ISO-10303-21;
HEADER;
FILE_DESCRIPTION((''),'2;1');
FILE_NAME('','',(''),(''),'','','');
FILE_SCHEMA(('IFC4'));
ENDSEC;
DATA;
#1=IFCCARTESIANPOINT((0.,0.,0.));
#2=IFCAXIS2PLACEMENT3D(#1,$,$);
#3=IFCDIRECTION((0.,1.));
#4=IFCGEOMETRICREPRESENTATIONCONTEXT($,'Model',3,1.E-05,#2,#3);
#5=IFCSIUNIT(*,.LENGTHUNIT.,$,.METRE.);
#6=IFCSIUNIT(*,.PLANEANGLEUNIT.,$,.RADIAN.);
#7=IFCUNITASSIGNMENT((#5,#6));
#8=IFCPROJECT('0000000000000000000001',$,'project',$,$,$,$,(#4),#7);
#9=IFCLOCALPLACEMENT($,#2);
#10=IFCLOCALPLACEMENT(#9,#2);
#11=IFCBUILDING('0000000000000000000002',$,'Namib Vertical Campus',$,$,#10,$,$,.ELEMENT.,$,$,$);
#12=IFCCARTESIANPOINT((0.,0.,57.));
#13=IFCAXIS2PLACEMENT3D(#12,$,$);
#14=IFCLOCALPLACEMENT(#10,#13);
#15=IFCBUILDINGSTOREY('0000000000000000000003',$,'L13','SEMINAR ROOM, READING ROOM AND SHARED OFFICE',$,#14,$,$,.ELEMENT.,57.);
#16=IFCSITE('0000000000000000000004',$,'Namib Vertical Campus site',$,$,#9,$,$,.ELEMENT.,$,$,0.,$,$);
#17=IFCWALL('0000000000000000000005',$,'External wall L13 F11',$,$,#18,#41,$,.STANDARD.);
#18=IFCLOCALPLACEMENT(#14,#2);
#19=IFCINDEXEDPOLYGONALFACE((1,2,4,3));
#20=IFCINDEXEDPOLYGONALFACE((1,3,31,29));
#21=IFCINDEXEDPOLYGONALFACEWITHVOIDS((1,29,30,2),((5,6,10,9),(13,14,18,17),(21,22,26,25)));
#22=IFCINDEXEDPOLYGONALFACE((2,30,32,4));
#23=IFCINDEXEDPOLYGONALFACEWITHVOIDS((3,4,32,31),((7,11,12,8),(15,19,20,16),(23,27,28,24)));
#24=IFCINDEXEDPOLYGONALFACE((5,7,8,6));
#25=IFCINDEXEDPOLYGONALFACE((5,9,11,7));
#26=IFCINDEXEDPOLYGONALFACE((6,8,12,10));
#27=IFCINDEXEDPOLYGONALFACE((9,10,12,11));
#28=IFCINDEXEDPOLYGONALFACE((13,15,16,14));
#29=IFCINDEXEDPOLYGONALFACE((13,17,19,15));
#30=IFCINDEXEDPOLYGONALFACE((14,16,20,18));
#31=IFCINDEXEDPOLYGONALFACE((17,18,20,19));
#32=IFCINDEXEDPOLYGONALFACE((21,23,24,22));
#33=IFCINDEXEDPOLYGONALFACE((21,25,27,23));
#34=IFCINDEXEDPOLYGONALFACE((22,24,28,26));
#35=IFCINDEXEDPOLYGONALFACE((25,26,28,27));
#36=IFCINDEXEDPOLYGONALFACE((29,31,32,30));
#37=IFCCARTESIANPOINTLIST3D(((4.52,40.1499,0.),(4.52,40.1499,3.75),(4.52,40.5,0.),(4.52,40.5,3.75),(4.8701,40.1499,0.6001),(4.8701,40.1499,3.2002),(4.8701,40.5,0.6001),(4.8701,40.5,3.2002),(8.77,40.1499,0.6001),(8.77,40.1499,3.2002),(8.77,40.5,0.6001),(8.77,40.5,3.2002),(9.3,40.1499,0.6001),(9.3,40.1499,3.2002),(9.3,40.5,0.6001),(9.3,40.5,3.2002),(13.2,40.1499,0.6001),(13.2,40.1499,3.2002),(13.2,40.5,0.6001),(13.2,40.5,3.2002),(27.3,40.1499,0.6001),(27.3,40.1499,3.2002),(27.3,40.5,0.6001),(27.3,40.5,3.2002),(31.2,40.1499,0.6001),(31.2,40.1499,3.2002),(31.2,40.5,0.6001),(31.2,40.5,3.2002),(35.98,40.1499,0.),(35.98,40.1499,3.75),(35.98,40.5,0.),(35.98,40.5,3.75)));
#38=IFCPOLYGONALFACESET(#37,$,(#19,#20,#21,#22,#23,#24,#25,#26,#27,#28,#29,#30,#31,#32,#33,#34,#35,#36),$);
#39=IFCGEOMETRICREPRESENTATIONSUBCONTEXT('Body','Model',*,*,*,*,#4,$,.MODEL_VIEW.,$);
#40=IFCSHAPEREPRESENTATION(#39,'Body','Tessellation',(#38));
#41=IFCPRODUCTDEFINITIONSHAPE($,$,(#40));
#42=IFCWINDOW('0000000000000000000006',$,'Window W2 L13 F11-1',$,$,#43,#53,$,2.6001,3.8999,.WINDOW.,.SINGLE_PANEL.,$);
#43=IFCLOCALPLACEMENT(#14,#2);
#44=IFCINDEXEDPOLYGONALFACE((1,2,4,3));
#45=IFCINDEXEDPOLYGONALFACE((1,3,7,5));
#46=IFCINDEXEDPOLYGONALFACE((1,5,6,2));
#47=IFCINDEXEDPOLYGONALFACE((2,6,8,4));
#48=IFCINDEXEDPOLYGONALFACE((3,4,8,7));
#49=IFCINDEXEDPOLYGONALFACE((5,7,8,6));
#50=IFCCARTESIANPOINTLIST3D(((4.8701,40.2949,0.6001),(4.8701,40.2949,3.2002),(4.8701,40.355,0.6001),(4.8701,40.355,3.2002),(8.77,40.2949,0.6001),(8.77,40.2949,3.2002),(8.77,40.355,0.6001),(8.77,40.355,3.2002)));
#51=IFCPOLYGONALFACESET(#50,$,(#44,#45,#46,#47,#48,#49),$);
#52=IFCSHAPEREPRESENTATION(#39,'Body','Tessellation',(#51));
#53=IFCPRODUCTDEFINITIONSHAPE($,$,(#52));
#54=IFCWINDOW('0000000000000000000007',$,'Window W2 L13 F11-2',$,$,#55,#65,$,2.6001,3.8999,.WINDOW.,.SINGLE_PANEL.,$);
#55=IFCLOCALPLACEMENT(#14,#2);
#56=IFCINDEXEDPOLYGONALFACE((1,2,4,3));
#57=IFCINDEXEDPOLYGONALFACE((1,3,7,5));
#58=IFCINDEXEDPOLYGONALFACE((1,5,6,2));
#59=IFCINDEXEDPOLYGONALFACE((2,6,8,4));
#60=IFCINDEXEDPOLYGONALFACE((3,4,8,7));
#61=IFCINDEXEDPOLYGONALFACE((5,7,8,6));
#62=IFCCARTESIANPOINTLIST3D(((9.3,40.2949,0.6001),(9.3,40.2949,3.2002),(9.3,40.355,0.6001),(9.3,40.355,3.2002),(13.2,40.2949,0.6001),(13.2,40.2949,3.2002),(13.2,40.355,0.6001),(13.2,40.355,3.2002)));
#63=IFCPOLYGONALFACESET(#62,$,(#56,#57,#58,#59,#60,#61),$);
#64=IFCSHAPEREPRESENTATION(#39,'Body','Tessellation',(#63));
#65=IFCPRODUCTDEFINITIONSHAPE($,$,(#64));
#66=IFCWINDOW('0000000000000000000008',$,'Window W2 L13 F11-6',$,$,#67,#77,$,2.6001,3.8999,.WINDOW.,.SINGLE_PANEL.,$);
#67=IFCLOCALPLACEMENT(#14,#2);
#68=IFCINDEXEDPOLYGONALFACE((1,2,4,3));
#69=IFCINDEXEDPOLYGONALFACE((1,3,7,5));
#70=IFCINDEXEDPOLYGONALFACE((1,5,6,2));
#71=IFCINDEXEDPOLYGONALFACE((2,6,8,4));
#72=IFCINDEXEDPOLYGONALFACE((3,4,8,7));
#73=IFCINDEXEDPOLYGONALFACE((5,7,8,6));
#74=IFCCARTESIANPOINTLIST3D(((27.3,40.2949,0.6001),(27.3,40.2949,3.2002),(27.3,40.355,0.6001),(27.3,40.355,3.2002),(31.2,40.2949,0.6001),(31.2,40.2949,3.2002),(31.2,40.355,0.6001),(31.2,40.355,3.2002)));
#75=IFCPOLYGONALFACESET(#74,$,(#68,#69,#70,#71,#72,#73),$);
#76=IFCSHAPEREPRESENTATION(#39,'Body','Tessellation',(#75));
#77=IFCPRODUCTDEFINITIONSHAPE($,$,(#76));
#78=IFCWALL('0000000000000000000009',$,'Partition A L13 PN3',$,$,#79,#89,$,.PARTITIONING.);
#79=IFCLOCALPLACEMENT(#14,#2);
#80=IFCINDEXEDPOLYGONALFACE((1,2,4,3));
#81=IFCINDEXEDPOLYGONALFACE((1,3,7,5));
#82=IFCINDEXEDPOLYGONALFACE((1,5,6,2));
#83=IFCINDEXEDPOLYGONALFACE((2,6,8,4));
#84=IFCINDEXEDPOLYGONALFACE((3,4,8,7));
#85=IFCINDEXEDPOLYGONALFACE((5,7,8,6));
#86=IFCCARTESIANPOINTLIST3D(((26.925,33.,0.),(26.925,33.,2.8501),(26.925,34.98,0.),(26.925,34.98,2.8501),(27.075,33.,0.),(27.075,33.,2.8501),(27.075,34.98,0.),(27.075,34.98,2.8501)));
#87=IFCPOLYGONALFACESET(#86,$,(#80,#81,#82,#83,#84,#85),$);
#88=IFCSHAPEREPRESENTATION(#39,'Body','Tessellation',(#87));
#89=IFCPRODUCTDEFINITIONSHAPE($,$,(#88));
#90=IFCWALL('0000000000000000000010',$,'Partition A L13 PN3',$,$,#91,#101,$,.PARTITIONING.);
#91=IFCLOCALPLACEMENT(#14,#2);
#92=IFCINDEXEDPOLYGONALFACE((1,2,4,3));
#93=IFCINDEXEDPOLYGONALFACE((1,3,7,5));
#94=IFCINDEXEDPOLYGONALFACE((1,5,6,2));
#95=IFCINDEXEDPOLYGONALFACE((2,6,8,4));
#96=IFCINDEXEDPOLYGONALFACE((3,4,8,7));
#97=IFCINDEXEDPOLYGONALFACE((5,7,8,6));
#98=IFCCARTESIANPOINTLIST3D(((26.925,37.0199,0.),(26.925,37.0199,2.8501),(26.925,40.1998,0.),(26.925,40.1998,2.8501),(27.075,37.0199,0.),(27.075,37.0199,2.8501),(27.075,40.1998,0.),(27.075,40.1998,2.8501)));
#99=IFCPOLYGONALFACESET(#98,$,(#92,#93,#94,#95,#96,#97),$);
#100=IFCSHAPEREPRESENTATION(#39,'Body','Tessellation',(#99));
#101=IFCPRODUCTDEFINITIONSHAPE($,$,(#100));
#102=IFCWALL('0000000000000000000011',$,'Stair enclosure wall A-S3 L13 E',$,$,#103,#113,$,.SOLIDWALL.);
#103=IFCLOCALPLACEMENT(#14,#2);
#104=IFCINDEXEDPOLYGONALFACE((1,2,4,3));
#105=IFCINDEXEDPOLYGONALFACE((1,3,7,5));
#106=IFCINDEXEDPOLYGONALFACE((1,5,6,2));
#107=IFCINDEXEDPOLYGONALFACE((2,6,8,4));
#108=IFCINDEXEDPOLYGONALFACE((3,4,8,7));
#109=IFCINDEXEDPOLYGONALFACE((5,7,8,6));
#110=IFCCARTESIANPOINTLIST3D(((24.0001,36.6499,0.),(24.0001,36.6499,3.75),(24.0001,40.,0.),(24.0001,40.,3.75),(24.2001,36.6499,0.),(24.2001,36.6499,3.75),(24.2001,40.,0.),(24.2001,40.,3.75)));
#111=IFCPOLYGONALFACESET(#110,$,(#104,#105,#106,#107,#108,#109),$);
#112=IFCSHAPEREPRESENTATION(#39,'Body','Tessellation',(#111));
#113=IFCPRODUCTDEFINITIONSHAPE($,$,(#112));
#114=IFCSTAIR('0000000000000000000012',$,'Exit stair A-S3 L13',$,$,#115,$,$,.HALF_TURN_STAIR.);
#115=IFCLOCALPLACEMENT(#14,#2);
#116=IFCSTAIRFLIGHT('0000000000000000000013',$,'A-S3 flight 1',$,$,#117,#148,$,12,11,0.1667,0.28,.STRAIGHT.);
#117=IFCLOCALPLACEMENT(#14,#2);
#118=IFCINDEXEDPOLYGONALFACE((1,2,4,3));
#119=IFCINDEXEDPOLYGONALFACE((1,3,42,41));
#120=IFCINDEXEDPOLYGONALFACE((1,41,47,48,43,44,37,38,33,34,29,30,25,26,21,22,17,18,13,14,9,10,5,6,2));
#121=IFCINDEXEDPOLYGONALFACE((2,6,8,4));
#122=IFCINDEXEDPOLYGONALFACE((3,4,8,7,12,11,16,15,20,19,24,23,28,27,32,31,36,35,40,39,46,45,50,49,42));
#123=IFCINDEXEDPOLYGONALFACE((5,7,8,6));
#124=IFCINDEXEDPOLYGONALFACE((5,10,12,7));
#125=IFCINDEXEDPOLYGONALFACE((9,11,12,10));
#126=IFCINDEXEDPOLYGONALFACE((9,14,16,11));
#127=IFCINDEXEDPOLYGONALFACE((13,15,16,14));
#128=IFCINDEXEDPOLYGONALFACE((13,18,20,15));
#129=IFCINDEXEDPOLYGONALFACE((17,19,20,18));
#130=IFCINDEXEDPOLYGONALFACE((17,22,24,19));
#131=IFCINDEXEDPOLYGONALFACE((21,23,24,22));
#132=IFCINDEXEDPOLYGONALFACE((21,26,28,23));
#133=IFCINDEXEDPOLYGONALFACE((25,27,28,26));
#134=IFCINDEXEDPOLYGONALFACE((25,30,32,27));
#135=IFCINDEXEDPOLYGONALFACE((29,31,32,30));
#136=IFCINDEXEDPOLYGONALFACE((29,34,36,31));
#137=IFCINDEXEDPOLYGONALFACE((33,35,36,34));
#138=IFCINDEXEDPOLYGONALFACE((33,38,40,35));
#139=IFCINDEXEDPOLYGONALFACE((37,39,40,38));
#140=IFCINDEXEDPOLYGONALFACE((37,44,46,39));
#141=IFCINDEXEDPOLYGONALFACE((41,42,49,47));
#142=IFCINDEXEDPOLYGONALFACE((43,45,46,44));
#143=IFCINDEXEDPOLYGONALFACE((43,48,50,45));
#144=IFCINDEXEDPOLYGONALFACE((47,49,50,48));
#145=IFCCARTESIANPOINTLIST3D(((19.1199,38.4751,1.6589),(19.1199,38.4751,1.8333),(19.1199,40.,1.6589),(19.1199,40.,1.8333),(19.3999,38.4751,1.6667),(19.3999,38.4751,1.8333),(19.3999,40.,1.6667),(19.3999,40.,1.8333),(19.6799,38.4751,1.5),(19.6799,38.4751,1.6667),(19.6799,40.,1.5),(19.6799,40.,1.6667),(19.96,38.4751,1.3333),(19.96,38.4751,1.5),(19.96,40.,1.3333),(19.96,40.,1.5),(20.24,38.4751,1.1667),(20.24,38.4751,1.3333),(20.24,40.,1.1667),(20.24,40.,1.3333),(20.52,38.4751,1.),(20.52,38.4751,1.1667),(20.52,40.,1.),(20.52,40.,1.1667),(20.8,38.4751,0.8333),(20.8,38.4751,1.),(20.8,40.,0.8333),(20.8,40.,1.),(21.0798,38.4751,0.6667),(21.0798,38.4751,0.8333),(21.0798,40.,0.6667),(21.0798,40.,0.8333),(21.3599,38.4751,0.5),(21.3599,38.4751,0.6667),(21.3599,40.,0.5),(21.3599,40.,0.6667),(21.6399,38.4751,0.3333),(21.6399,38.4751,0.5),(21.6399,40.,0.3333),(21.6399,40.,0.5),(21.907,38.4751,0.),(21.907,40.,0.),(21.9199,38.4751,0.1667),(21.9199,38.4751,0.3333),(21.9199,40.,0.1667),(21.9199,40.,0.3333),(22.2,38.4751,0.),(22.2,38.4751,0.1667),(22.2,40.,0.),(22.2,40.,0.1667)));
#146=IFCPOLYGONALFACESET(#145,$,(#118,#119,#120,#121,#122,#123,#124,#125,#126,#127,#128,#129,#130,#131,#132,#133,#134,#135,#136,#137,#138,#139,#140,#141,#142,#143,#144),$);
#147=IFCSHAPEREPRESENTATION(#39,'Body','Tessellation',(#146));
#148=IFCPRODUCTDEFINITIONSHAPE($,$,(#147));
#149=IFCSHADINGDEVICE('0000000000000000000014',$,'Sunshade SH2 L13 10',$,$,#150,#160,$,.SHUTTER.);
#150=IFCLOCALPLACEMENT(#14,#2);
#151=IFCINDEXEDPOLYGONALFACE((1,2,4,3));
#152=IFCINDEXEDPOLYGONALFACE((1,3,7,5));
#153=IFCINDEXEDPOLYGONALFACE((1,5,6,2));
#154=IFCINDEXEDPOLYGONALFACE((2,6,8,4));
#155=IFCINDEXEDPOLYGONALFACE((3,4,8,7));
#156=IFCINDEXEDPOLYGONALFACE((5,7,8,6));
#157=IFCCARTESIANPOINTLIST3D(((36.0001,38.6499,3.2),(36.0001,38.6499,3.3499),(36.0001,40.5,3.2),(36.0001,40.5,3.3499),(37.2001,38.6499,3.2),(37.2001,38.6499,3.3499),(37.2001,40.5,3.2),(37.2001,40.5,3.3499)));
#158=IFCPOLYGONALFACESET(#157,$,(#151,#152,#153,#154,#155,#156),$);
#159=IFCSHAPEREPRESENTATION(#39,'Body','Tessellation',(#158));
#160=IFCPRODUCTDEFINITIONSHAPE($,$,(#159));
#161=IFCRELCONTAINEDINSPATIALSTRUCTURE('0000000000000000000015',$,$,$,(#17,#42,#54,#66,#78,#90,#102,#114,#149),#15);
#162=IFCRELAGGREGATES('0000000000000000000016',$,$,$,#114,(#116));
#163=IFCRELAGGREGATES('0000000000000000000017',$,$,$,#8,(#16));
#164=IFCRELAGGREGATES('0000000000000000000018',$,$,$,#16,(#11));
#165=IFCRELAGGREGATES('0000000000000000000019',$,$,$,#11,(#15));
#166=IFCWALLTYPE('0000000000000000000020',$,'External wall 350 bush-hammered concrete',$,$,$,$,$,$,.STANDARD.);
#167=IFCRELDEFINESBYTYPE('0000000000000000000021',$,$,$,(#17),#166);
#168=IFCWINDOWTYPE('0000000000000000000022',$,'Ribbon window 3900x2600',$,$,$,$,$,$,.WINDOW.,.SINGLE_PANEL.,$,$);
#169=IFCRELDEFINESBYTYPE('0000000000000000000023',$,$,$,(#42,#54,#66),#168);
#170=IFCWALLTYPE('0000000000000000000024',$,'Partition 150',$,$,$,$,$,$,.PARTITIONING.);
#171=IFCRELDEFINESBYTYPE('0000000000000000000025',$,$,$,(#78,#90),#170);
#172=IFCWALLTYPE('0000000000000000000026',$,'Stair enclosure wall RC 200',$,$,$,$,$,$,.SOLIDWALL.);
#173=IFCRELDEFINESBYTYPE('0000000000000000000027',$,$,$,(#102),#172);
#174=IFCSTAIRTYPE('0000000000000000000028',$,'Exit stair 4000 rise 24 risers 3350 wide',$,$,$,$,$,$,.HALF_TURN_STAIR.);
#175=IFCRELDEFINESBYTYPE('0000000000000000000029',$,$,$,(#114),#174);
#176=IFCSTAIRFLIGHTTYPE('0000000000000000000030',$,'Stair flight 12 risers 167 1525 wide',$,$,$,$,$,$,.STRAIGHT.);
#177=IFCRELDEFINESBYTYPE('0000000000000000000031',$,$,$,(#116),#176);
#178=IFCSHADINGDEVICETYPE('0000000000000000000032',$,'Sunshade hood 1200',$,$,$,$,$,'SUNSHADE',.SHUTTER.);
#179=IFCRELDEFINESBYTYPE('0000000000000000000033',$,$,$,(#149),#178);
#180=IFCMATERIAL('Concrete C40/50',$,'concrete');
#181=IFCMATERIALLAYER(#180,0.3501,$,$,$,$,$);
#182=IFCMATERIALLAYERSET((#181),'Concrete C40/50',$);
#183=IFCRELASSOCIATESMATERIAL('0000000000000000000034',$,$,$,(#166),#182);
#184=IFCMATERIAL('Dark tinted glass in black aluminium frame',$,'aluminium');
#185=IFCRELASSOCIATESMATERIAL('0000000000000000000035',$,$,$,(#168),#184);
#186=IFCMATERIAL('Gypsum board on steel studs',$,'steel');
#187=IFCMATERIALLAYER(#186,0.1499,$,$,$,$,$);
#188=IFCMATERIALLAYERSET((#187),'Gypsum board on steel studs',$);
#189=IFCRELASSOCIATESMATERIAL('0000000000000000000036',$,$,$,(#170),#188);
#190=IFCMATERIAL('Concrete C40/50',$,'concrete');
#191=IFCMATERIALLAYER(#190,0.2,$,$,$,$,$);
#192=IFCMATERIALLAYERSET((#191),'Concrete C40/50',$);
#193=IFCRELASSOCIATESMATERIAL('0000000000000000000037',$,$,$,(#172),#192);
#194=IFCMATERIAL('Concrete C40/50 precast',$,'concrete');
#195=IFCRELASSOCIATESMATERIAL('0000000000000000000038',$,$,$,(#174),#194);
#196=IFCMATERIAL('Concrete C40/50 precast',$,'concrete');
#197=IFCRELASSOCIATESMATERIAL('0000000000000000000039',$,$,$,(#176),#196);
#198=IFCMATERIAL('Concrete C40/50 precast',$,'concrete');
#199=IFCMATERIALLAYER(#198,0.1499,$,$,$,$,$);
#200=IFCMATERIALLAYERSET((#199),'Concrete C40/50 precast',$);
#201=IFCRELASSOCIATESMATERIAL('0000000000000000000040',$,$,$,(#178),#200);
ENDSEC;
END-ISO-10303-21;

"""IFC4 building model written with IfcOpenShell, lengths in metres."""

from ifc_helpers import new_model, si_unit, direction, frame, frame_2d, origin, origin_2d, place, context, subcontext, project, spatial, polyline, rectangle, outline, extrude, material, layer, layer_set, type_object, element, fill, aggregate, save


model = new_model("IFC4")

# Units and contexts
model_context = context("Model", 3, precision=1e-05, world=origin(), true_north=direction((0.0, 1.0)))
body_context = subcontext(model_context, "Body", "Model", "MODEL_VIEW")
ifc_project = project(units=[si_unit("LENGTHUNIT", "METRE"), si_unit("PLANEANGLEUNIT", "RADIAN")], contexts=[model_context])

# Site, building, storey
site_placement = place(None, origin())
site = spatial("IfcSite", under=ifc_project, at=site_placement, Name="Namib Vertical Campus site", CompositionType="ELEMENT", RefElevation=0.0)
building_placement = place(site_placement, origin())
building = spatial("IfcBuilding", under=site, at=building_placement, Name="Namib Vertical Campus", CompositionType="ELEMENT")
storey_placement = place(building_placement, frame((0.0, 0.0, 57.0)))
storey = spatial("IfcBuildingStorey", under=building, at=storey_placement, Name="L13", Description="SEMINAR ROOM, READING ROOM AND SHARED OFFICE", CompositionType="ELEMENT", Elevation=57.0)

# Shared definitions
ifc_material_1 = material(Name="Concrete C40/50", Category="concrete")
ifc_layer_1 = layer(ifc_material_1, 0.3501)
ifc_layer_set_1 = layer_set([ifc_layer_1], Name="Concrete C40/50")
wall_type_1 = type_object("IfcWallType", Name="External wall 350 bush-hammered concrete", PredefinedType="STANDARD", material=ifc_layer_set_1)

# Wall, openings, windows
wall_1_placement = place(storey_placement, frame((35.98, 40.325, 0.0), z_axis=(0.0, 0.0, 1.0), x_axis=(-1.0, 0.0, 0.0)))
wall_1 = element("IfcWall", 1, at=wall_1_placement, inside=storey, type_object=wall_type_1, Name="External wall L13 F11", PredefinedType="STANDARD", context=body_context, shape_type="SweptSolid", body=[
    extrude(rectangle(XDim=31.46, YDim=0.3501, at=frame_2d((15.73, 0.0))), origin(), (0.0, 0.0, 1.0), 3.75),
])
opening_1_placement = place(wall_1_placement, frame((27.21, 0.0, 0.6001)))
opening_1 = element("IfcOpeningElement", 2, at=opening_1_placement, cuts=wall_1, PredefinedType="OPENING", context=body_context, shape_type="SweptSolid", body=[
    extrude(rectangle(XDim=3.8999, YDim=2.6001, at=frame_2d((1.95, 1.3))), frame((0.0, 0.1851, 0.0), z_axis=(0.0, -1.0, 0.0), x_axis=(1.0, 0.0, 0.0)), (0.0, 0.0, 1.0), 0.3701),
])
opening_2_placement = place(wall_1_placement, frame((22.78, 0.0, 0.6001)))
opening_2 = element("IfcOpeningElement", 3, at=opening_2_placement, cuts=wall_1, PredefinedType="OPENING", context=body_context, shape_type="SweptSolid", body=[
    extrude(rectangle(XDim=3.8999, YDim=2.6001, at=frame_2d((1.95, 1.3))), frame((0.0, 0.1851, 0.0), z_axis=(0.0, -1.0, 0.0), x_axis=(1.0, 0.0, 0.0)), (0.0, 0.0, 1.0), 0.3701),
])
opening_3_placement = place(wall_1_placement, frame((4.78, 0.0, 0.6001)))
opening_3 = element("IfcOpeningElement", 4, at=opening_3_placement, cuts=wall_1, PredefinedType="OPENING", context=body_context, shape_type="SweptSolid", body=[
    extrude(rectangle(XDim=3.8999, YDim=2.6001, at=frame_2d((1.95, 1.3))), frame((0.0, 0.1851, 0.0), z_axis=(0.0, -1.0, 0.0), x_axis=(1.0, 0.0, 0.0)), (0.0, 0.0, 1.0), 0.3701),
])
ifc_material_2 = material(Name="Dark tinted glass in black aluminium frame", Category="aluminium")
window_type = type_object("IfcWindowType", Name="Ribbon window 3900x2600", PartitioningType="SINGLE_PANEL", PredefinedType="WINDOW", material=ifc_material_2)
window_1_placement = place(opening_1_placement, origin())
window_1 = element("IfcWindow", 5, at=window_1_placement, inside=storey, type_object=window_type, Name="Window W2 L13 F11-1", OverallHeight=2.6001, OverallWidth=3.8999, PartitioningType="SINGLE_PANEL", PredefinedType="WINDOW", context=body_context, shape_type="SweptSolid", body=[
    extrude(rectangle(XDim=3.8999, YDim=2.6001, at=frame_2d((1.95, 1.3))), frame((0.0, 0.03, 0.0), z_axis=(0.0, -1.0, 0.0), x_axis=(1.0, 0.0, 0.0)), (0.0, 0.0, 1.0), 0.0601),
])
fill(opening_1, window_1)
window_2_placement = place(opening_2_placement, origin())
window_2 = element("IfcWindow", 6, at=window_2_placement, inside=storey, type_object=window_type, Name="Window W2 L13 F11-2", OverallHeight=2.6001, OverallWidth=3.8999, PartitioningType="SINGLE_PANEL", PredefinedType="WINDOW", context=body_context, shape_type="SweptSolid", body=[
    extrude(rectangle(XDim=3.8999, YDim=2.6001, at=frame_2d((1.95, 1.3))), frame((0.0, 0.03, 0.0), z_axis=(0.0, -1.0, 0.0), x_axis=(1.0, 0.0, 0.0)), (0.0, 0.0, 1.0), 0.0601),
])
fill(opening_2, window_2)
window_3_placement = place(opening_3_placement, origin())
window_3 = element("IfcWindow", 7, at=window_3_placement, inside=storey, type_object=window_type, Name="Window W2 L13 F11-6", OverallHeight=2.6001, OverallWidth=3.8999, PartitioningType="SINGLE_PANEL", PredefinedType="WINDOW", context=body_context, shape_type="SweptSolid", body=[
    extrude(rectangle(XDim=3.8999, YDim=2.6001, at=frame_2d((1.95, 1.3))), frame((0.0, 0.03, 0.0), z_axis=(0.0, -1.0, 0.0), x_axis=(1.0, 0.0, 0.0)), (0.0, 0.0, 1.0), 0.0601),
])
fill(opening_3, window_3)

# Walls
ifc_material_3 = material(Name="Gypsum board on steel studs", Category="steel")
ifc_layer_2 = layer(ifc_material_3, 0.1499)
ifc_layer_set_2 = layer_set([ifc_layer_2], Name="Gypsum board on steel studs")
wall_type_2 = type_object("IfcWallType", Name="Partition 150", PredefinedType="PARTITIONING", material=ifc_layer_set_2)
wall_2_placement = place(storey_placement, frame((27.0, 33.0, 0.0), z_axis=(0.0, 0.0, 1.0), x_axis=(0.0, 1.0, 0.0)))
element("IfcWall", 8, at=wall_2_placement, inside=storey, type_object=wall_type_2, Name="Partition A L13 PN3", PredefinedType="PARTITIONING", context=body_context, shape_type="SweptSolid", body=[
    extrude(rectangle(XDim=1.98, YDim=0.1499, at=frame_2d((0.99, 0.0))), origin(), (0.0, 0.0, 1.0), 2.8501),
])
wall_3_placement = place(storey_placement, frame((27.0, 37.02, 0.0), z_axis=(0.0, 0.0, 1.0), x_axis=(0.0, 1.0, 0.0)))
element("IfcWall", 9, at=wall_3_placement, inside=storey, type_object=wall_type_2, Name="Partition A L13 PN3", PredefinedType="PARTITIONING", context=body_context, shape_type="SweptSolid", body=[
    extrude(rectangle(XDim=3.1799, YDim=0.1499, at=frame_2d((1.5898, 0.0))), origin(), (0.0, 0.0, 1.0), 2.8501),
])
ifc_material_4 = material(Name="Concrete C40/50", Category="concrete")
ifc_layer_3 = layer(ifc_material_4, 0.2)
ifc_layer_set_3 = layer_set([ifc_layer_3], Name="Concrete C40/50")
wall_type_3 = type_object("IfcWallType", Name="Stair enclosure wall RC 200", PredefinedType="SOLIDWALL", material=ifc_layer_set_3)
wall_4_placement = place(storey_placement, frame((24.1001, 36.6499, 0.0), z_axis=(0.0, 0.0, 1.0), x_axis=(0.0, 1.0, 0.0)))
element("IfcWall", 10, at=wall_4_placement, inside=storey, type_object=wall_type_3, Name="Stair enclosure wall A-S3 L13 E", PredefinedType="SOLIDWALL", context=body_context, shape_type="SweptSolid", body=[
    extrude(rectangle(XDim=3.3501, YDim=0.2, at=frame_2d((1.675, 0.0))), origin(), (0.0, 0.0, 1.0), 3.75),
])

# Stair, stair flight
ifc_material_5 = material(Name="Concrete C40/50 precast", Category="concrete")
stair_type = type_object("IfcStairType", Name="Exit stair 4000 rise 24 risers 3350 wide", PredefinedType="HALF_TURN_STAIR", material=ifc_material_5)
stair_placement = place(storey_placement, origin())
stair = element("IfcStair", 11, at=stair_placement, inside=storey, type_object=stair_type, Name="Exit stair A-S3 L13", PredefinedType="HALF_TURN_STAIR")
ifc_material_6 = material(Name="Concrete C40/50 precast", Category="concrete")
stair_flight_type = type_object("IfcStairFlightType", Name="Stair flight 12 risers 167 1525 wide", PredefinedType="STRAIGHT", material=ifc_material_6)
stair_flight_placement = place(storey_placement, frame((22.2, 39.2375, 0.0), z_axis=(0.0, 0.0, 1.0), x_axis=(-1.0, 0.0, 0.0)))
stair_flight = element("IfcStairFlight", 12, at=stair_flight_placement, type_object=stair_flight_type, Name="A-S3 flight 1", NumberOfRisers=12, NumberOfTreads=11, PredefinedType="STRAIGHT", RiserHeight=0.1667, TreadLength=0.28, context=body_context, shape_type="SweptSolid", body=[
    extrude(outline(polyline([(0.0, 0.0), (0.0, 0.1667), (0.28, 0.1667), (0.28, 0.3333), (0.5601, 0.3333), (0.5601, 0.5), (0.8401, 0.5), (0.8401, 0.6667), (1.1201, 0.6667), (1.1201, 0.8333), (1.3999, 0.8333), (1.3999, 1.0), (1.6799, 1.0), (1.6799, 1.1667), (1.96, 1.1667), (1.96, 1.3333), (2.24, 1.3333), (2.24, 1.5), (2.52, 1.5), (2.52, 1.6667), (2.8, 1.6667), (2.8, 1.8333), (3.0801, 1.8333), (3.0801, 2.0), (3.0801, 1.6589), (0.293, 0.0), (0.0, 0.0)])), frame((0.0, 0.7625, 0.0), z_axis=(0.0, -1.0, 0.0), x_axis=(1.0, 0.0, 0.0)), (0.0, 0.0, 1.0), 1.5249),
])
aggregate(stair, [stair_flight])

# Shading device
ifc_material_7 = material(Name="Concrete C40/50 precast", Category="concrete")
ifc_layer_4 = layer(ifc_material_7, 0.1499)
ifc_layer_set_4 = layer_set([ifc_layer_4], Name="Concrete C40/50 precast")
shading_device_type = type_object("IfcShadingDeviceType", Name="Sunshade hood 1200", ElementType="SUNSHADE", PredefinedType="SHUTTER", material=ifc_layer_set_4)
shading_device_placement = place(storey_placement, frame((36.6001, 39.575, 3.2), z_axis=(0.0, 0.0, 1.0), x_axis=(0.0, 1.0, 0.0)))
element("IfcShadingDevice", 13, at=shading_device_placement, inside=storey, type_object=shading_device_type, Name="Sunshade SH2 L13 10", PredefinedType="SHUTTER", context=body_context, shape_type="SweptSolid", body=[
    extrude(rectangle(XDim=1.8501, YDim=1.2, at=origin_2d()), origin(), (0.0, 0.0, 1.0), 0.1499),
])

save(model, "model.ifc")
